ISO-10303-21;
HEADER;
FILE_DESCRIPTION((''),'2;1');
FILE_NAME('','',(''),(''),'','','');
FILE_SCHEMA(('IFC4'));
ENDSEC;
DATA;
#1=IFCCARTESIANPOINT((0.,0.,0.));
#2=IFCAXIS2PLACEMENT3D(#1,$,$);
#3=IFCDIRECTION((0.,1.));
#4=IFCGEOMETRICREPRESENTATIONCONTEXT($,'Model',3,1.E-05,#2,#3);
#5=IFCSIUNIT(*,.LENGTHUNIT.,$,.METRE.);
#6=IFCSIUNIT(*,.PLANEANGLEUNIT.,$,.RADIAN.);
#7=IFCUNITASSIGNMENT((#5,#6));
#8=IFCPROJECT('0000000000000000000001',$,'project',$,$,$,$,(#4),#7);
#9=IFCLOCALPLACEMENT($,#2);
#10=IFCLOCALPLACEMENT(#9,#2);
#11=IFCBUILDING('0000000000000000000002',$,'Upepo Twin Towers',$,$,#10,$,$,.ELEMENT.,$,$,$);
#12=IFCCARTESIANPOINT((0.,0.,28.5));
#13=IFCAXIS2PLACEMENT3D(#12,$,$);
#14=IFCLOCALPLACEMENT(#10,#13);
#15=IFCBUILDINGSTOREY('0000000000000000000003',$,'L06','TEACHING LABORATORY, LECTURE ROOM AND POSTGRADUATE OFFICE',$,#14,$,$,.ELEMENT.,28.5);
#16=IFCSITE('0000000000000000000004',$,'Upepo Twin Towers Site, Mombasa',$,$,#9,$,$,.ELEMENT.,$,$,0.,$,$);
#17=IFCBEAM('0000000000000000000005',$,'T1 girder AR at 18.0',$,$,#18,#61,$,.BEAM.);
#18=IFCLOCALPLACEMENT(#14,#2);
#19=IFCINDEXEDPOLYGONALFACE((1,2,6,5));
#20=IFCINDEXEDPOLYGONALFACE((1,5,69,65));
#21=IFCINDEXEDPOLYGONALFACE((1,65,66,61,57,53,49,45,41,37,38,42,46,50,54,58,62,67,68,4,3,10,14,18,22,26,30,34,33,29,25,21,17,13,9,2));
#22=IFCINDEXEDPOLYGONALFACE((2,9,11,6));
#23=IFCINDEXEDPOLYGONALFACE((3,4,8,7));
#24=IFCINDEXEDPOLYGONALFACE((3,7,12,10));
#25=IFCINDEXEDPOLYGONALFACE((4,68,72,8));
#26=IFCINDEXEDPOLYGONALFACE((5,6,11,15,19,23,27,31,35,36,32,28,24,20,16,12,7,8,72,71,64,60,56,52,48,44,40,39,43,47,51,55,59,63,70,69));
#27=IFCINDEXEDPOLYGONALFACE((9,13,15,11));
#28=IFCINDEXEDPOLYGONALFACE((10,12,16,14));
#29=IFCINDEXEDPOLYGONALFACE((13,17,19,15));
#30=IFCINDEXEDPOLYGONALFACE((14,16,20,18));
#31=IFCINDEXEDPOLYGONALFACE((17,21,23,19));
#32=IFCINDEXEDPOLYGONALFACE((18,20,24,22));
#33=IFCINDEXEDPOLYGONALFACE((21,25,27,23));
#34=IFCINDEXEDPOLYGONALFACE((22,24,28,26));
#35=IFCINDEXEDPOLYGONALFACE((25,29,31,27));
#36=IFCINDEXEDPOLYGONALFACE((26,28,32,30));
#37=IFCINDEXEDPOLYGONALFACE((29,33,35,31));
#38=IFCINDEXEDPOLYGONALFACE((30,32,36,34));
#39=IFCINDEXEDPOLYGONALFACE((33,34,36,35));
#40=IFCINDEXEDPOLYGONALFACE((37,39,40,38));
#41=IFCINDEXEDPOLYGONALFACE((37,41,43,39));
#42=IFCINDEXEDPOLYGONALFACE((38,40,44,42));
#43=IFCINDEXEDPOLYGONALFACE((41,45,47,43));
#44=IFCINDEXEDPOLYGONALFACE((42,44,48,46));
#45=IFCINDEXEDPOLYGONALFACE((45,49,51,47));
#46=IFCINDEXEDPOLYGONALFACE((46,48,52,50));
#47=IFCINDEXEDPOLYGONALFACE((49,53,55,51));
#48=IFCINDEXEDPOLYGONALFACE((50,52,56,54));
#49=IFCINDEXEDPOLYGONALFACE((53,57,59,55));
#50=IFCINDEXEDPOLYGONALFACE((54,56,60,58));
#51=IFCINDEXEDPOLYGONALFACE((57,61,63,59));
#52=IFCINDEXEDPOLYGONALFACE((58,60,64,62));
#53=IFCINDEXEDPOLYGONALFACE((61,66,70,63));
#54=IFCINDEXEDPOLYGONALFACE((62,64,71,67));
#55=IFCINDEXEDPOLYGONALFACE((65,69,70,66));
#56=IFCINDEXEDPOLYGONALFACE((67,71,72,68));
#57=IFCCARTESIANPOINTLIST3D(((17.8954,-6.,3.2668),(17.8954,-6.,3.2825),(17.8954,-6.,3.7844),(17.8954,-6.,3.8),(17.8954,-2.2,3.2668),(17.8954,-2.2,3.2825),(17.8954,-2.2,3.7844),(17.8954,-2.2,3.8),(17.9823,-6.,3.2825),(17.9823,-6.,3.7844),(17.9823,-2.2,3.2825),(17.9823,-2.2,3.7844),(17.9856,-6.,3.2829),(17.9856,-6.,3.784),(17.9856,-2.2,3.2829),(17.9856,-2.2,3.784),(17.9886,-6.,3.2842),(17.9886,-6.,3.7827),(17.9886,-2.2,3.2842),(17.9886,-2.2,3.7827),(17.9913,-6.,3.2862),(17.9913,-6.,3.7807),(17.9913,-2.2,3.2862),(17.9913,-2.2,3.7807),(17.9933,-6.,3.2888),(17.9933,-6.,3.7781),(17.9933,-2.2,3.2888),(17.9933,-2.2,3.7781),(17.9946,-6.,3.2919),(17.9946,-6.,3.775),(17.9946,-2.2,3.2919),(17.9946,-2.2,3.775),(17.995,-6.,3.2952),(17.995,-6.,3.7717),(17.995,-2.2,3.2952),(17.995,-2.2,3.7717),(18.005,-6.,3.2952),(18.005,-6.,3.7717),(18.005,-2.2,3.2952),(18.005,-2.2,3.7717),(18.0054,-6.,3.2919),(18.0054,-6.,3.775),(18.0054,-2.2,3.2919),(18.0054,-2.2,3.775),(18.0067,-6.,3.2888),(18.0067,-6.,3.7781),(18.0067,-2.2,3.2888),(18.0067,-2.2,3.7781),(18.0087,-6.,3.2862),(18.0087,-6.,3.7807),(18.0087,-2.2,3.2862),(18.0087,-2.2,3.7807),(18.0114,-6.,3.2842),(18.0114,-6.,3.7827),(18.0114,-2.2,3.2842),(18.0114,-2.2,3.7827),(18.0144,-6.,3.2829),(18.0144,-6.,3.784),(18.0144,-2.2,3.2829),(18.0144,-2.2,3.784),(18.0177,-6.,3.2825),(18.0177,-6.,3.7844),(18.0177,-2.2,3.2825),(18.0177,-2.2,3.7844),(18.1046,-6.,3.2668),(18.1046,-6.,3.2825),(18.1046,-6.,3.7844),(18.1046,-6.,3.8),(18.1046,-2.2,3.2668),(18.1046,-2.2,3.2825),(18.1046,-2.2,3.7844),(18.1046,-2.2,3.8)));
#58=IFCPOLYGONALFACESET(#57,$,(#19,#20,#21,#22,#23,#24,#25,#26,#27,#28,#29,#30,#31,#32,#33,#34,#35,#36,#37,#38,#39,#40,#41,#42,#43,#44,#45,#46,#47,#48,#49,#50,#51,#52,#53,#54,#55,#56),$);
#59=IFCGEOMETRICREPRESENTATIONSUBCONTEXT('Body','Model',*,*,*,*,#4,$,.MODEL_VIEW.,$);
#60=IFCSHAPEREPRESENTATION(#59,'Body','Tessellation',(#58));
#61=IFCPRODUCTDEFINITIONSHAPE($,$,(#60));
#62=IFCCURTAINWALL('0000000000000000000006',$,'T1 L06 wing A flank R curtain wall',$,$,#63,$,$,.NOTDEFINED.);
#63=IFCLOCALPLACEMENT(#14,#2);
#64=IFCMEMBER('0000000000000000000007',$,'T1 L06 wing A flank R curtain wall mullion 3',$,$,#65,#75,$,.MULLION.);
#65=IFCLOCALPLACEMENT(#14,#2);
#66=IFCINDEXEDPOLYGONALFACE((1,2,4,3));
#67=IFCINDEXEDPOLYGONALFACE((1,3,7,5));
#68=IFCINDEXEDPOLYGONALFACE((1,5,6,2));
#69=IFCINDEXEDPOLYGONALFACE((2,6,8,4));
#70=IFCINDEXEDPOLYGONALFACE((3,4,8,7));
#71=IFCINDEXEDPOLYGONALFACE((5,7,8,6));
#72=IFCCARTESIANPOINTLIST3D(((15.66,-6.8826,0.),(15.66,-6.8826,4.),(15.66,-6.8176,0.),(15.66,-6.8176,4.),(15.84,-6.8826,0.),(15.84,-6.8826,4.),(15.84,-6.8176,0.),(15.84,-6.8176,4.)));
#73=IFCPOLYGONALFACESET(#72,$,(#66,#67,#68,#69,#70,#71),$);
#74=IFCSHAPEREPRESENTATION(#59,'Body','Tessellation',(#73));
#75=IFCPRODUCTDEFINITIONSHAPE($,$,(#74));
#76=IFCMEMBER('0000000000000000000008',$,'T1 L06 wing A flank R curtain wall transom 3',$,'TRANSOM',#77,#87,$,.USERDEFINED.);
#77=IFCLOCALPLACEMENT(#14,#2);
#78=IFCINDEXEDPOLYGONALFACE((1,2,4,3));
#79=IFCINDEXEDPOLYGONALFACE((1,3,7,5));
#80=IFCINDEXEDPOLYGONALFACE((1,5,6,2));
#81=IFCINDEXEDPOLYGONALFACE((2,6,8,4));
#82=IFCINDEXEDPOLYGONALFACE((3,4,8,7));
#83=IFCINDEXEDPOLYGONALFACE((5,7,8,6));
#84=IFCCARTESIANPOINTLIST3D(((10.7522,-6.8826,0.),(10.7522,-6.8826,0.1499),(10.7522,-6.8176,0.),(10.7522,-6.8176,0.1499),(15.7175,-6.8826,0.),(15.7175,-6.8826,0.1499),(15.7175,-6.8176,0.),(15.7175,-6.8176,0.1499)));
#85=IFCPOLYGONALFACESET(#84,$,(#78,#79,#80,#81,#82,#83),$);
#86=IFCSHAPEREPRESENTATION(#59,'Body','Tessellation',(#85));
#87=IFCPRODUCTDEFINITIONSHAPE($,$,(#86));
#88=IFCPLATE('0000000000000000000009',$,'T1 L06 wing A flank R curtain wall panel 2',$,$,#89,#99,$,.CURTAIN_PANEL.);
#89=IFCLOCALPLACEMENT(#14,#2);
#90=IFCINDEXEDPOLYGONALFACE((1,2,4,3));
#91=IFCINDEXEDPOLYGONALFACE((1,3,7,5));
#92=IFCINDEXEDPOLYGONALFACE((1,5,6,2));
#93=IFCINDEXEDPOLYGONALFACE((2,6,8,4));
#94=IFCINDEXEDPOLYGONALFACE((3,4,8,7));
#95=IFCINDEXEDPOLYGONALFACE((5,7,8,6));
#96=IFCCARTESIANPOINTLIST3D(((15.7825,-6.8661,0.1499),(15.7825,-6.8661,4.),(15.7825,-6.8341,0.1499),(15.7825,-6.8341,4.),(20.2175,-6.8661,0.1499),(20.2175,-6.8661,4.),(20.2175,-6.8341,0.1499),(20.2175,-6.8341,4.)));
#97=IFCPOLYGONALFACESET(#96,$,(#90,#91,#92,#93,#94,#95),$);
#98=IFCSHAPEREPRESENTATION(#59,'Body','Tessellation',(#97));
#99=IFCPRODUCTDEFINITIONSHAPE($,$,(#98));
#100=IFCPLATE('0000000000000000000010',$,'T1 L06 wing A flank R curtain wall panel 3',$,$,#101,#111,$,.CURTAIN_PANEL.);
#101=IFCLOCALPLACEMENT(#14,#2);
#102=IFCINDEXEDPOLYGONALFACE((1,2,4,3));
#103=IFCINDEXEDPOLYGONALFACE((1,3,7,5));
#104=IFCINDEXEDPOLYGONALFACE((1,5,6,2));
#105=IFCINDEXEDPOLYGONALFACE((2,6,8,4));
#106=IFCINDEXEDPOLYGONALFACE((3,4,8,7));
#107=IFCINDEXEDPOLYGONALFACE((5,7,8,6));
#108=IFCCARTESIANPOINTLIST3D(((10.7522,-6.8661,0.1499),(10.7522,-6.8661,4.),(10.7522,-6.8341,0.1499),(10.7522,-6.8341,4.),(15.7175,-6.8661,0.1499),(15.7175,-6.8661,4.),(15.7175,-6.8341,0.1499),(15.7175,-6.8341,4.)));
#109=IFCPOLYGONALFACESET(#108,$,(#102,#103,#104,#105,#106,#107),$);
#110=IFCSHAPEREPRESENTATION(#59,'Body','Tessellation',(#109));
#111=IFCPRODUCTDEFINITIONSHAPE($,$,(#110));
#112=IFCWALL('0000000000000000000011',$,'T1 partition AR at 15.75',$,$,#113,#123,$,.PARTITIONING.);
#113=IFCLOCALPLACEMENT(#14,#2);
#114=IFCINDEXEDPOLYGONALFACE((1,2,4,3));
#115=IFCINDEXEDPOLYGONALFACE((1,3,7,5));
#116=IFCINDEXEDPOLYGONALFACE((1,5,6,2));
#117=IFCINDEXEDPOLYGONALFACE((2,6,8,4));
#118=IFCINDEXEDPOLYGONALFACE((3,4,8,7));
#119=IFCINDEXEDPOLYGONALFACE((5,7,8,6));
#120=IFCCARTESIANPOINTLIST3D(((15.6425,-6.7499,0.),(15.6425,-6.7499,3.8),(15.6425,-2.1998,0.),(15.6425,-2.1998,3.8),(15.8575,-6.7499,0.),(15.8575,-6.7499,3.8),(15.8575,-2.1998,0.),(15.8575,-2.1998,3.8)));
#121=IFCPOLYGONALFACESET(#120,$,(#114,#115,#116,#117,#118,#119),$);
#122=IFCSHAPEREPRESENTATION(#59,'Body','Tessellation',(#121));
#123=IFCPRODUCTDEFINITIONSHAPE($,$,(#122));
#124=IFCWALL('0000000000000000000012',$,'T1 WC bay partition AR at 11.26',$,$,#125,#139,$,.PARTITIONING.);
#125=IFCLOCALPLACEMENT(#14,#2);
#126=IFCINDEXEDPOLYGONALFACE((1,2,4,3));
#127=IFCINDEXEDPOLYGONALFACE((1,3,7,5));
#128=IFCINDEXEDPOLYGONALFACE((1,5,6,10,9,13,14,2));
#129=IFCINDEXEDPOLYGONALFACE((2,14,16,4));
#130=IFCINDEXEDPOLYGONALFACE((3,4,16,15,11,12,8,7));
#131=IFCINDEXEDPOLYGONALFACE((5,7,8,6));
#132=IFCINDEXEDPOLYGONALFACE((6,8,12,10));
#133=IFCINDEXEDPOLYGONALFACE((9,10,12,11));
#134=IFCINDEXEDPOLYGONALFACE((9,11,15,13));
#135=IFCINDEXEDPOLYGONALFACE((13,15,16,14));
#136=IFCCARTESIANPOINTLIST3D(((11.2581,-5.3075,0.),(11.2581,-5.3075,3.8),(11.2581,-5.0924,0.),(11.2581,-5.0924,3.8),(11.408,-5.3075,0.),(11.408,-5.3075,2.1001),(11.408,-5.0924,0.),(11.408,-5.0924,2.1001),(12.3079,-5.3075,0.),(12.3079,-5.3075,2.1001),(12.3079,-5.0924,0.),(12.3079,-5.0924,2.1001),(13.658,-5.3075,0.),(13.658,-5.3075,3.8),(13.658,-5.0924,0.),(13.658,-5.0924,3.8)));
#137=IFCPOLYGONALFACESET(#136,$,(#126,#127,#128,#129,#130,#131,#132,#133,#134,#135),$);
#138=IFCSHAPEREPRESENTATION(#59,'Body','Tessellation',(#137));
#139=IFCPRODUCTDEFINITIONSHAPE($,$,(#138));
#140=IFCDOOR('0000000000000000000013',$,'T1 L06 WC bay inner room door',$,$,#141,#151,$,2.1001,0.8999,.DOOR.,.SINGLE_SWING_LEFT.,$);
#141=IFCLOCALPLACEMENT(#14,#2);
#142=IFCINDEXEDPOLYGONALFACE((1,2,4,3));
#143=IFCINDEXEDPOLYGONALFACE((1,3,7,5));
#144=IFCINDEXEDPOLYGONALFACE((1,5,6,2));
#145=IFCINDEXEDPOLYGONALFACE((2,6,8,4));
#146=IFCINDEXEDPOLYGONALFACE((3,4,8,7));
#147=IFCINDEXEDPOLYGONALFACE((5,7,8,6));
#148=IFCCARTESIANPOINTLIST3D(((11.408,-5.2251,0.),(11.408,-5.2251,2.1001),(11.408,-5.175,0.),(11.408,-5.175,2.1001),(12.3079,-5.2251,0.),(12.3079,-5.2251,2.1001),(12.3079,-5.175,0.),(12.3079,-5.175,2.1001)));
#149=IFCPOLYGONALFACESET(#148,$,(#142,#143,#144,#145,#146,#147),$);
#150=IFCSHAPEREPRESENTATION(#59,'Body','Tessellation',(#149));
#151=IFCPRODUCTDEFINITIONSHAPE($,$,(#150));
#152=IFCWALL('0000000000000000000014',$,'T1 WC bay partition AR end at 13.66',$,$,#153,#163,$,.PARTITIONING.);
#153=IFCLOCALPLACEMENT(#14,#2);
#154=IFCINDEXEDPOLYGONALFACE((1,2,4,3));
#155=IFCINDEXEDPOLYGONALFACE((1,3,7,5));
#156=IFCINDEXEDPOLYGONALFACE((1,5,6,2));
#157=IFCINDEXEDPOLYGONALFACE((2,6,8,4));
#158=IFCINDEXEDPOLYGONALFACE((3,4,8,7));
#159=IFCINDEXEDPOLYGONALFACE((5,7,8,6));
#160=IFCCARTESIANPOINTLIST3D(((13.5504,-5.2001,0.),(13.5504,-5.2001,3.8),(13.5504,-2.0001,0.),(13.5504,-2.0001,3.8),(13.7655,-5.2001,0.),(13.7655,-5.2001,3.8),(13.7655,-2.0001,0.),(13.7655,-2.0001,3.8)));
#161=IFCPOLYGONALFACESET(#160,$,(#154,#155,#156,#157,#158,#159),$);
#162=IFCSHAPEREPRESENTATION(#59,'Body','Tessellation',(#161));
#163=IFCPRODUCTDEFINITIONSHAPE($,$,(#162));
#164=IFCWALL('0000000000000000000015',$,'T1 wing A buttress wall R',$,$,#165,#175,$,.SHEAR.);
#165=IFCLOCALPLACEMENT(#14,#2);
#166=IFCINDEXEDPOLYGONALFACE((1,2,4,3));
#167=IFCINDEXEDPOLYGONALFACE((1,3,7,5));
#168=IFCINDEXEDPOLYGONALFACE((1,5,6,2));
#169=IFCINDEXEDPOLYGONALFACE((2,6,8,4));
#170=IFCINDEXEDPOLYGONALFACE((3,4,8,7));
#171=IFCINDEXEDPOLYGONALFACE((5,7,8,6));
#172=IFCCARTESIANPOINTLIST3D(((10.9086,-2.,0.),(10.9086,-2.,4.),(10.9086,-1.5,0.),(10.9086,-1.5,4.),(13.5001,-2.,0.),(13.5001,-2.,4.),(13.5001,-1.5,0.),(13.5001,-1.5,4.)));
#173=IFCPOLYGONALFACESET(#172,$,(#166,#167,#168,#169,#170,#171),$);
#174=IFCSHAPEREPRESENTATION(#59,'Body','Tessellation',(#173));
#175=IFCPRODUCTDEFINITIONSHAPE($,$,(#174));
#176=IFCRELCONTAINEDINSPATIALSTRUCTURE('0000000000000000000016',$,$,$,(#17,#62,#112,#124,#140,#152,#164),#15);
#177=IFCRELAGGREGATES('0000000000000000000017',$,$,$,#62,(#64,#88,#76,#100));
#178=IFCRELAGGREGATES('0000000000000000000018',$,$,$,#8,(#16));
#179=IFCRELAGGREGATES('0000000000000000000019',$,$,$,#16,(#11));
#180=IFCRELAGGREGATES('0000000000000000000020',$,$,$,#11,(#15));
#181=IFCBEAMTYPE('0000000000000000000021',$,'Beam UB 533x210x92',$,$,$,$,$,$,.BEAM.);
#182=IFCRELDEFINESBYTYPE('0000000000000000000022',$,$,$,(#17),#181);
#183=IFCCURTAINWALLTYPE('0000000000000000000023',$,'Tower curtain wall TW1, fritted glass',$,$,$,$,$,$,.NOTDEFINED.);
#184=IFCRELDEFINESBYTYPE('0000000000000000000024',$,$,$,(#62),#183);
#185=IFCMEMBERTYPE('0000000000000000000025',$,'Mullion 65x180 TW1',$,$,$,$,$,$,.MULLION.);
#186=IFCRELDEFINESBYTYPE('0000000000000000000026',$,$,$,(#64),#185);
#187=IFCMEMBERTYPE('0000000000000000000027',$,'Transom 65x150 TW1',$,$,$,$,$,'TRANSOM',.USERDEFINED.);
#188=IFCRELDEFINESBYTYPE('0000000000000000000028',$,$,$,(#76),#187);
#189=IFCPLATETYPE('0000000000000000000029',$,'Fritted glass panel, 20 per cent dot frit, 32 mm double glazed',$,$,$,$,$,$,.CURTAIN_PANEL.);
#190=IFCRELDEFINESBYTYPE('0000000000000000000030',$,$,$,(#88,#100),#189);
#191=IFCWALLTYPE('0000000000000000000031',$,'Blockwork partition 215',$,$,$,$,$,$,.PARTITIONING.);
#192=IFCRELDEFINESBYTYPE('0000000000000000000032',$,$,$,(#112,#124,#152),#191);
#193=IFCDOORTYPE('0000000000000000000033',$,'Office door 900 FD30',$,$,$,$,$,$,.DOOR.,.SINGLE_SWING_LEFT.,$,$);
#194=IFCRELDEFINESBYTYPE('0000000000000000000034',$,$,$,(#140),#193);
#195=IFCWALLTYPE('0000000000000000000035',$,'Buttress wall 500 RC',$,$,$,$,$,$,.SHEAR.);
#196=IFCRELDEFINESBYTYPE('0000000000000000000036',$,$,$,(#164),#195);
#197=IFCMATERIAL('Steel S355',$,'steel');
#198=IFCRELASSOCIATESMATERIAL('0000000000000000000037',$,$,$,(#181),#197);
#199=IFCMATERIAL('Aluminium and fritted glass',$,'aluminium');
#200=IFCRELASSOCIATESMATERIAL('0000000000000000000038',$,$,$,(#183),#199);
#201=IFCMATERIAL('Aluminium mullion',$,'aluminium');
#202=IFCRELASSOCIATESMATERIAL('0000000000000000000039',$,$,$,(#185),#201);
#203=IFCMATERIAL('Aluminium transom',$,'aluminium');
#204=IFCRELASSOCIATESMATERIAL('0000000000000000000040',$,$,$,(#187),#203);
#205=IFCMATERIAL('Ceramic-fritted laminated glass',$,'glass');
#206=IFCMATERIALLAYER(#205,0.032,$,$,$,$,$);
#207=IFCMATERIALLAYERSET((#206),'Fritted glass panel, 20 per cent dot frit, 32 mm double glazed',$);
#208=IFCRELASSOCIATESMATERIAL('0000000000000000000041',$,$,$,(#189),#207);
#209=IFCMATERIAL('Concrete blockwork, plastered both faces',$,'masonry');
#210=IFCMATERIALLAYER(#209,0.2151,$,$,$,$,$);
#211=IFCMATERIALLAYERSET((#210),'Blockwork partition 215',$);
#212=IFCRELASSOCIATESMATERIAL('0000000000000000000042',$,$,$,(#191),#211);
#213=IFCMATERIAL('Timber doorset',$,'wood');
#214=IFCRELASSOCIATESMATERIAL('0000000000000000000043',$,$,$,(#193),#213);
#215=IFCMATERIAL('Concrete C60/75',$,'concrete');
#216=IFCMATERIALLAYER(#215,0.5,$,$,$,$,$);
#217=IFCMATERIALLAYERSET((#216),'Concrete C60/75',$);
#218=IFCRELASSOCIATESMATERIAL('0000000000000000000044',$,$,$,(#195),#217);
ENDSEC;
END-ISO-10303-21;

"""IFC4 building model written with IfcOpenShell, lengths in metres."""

from ifc_helpers import new_model, si_unit, direction, frame, frame_2d, origin, origin_2d, place, context, subcontext, project, spatial, rectangle, i_section, extrude, material, layer, layer_set, material_profile, profile_set, type_object, element, fill, aggregate, save


model = new_model("IFC4")

# Units and contexts
model_context = context("Model", 3, precision=1e-05, world=origin(), true_north=direction((0.0, 1.0)))
body_context = subcontext(model_context, "Body", "Model", "MODEL_VIEW")
ifc_project = project(units=[si_unit("LENGTHUNIT", "METRE"), si_unit("PLANEANGLEUNIT", "RADIAN")], contexts=[model_context])

# Site, building, storey
site_placement = place(None, origin())
site = spatial("IfcSite", under=ifc_project, at=site_placement, Name="Upepo Twin Towers Site, Mombasa", CompositionType="ELEMENT", RefElevation=0.0)
building_placement = place(site_placement, origin())
building = spatial("IfcBuilding", under=site, at=building_placement, Name="Upepo Twin Towers", CompositionType="ELEMENT")
storey_placement = place(building_placement, frame((0.0, 0.0, 28.5)))
storey = spatial("IfcBuildingStorey", under=building, at=storey_placement, Name="L06", Description="TEACHING LABORATORY, LECTURE ROOM AND POSTGRADUATE OFFICE", CompositionType="ELEMENT", Elevation=28.5)

# Beam
ifc_material_1 = material(Name="Steel S355", Category="steel")
ifc_material_profile_1 = material_profile(ifc_material_1, i_section(OverallWidth=0.2092, OverallDepth=0.5332, WebThickness=0.01, FlangeThickness=0.0156, FilletRadius=0.0127, at=origin_2d()), Name="UB 533x210x92")
ifc_profile_set_1 = profile_set([ifc_material_profile_1], Name="Steel S355")
beam_type_1 = type_object("IfcBeamType", Name="Beam UB 533x210x92", PredefinedType="BEAM", material=ifc_profile_set_1)
for number, where, z_axis, x_axis, name in (
    (1, (18.0, -6.0, 3.5334), (0.0, 1.0, 0.0), (-1.0, 0.0, 0.0), "T1 girder AR at 18.0"),
):
    element("IfcBeam", number, at=place(storey_placement, frame(where, z_axis=z_axis, x_axis=x_axis)), inside=storey, type_object=beam_type_1, Name=name, PredefinedType="BEAM", context=body_context, shape_type="SweptSolid", body=[
        extrude(i_section(OverallWidth=0.2092, OverallDepth=0.5332, WebThickness=0.01, FlangeThickness=0.0156, FilletRadius=0.0127, at=origin_2d()), origin(), (0.0, 0.0, 1.0), 3.8),
    ])

# Curtain wall, members, plates
ifc_material_2 = material(Name="Aluminium and fritted glass", Category="aluminium")
curtain_wall_type = type_object("IfcCurtainWallType", Name="Tower curtain wall TW1, fritted glass", PredefinedType="NOTDEFINED", material=ifc_material_2)
curtain_wall_placement = place(storey_placement, origin())
curtain_wall = element("IfcCurtainWall", 2, at=curtain_wall_placement, inside=storey, type_object=curtain_wall_type, Name="T1 L06 wing A flank R curtain wall", PredefinedType="NOTDEFINED")
ifc_material_3 = material(Name="Aluminium mullion", Category="aluminium")
ifc_material_profile_2 = material_profile(ifc_material_3, rectangle(XDim=0.0649, YDim=0.1799, at=origin_2d()), Name="MULLION 65x180")
ifc_profile_set_2 = profile_set([ifc_material_profile_2], Name="Aluminium mullion")
member_type_1 = type_object("IfcMemberType", Name="Mullion 65x180 TW1", PredefinedType="MULLION", material=ifc_profile_set_2)
member_1_placement = place(storey_placement, frame((15.75, -6.8501, 0.0), z_axis=(0.0, 0.0, 1.0), x_axis=(0.0, -1.0, 0.0)))
member_1 = element("IfcMember", 3, at=member_1_placement, type_object=member_type_1, Name="T1 L06 wing A flank R curtain wall mullion 3", PredefinedType="MULLION", context=body_context, shape_type="SweptSolid", body=[
    extrude(rectangle(XDim=0.0649, YDim=0.1799, at=origin_2d()), origin(), (0.0, 0.0, 1.0), 4.0),
])
ifc_material_4 = material(Name="Aluminium transom", Category="aluminium")
ifc_material_profile_3 = material_profile(ifc_material_4, rectangle(XDim=0.0649, YDim=0.1499, at=origin_2d()), Name="TRANSOM 65x150")
ifc_profile_set_3 = profile_set([ifc_material_profile_3], Name="Aluminium transom")
member_type_2 = type_object("IfcMemberType", Name="Transom 65x150 TW1", ElementType="TRANSOM", PredefinedType="USERDEFINED", material=ifc_profile_set_3)
member_2_placement = place(storey_placement, frame((15.7175, -6.8501, 0.075), z_axis=(-1.0, 0.0, 0.0), x_axis=(0.0, -1.0, 0.0)))
member_2 = element("IfcMember", 4, at=member_2_placement, type_object=member_type_2, Name="T1 L06 wing A flank R curtain wall transom 3", ObjectType="TRANSOM", PredefinedType="USERDEFINED", context=body_context, shape_type="SweptSolid", body=[
    extrude(rectangle(XDim=0.0649, YDim=0.1499, at=origin_2d()), origin(), (0.0, 0.0, 1.0), 4.9653),
])
ifc_material_5 = material(Name="Ceramic-fritted laminated glass", Category="glass")
ifc_layer_1 = layer(ifc_material_5, 0.032)
ifc_layer_set_1 = layer_set([ifc_layer_1], Name="Fritted glass panel, 20 per cent dot frit, 32 mm double glazed")
plate_type = type_object("IfcPlateType", Name="Fritted glass panel, 20 per cent dot frit, 32 mm double glazed", PredefinedType="CURTAIN_PANEL", material=ifc_layer_set_1)
plate_1_placement = place(storey_placement, frame((18.0, -6.8501, 0.1499), z_axis=(0.0, 0.0, 1.0), x_axis=(-1.0, 0.0, 0.0)))
plate_1 = element("IfcPlate", 5, at=plate_1_placement, type_object=plate_type, Name="T1 L06 wing A flank R curtain wall panel 2", PredefinedType="CURTAIN_PANEL", context=body_context, shape_type="SweptSolid", body=[
    extrude(rectangle(XDim=4.4351, YDim=0.032, at=origin_2d()), origin(), (0.0, 0.0, 1.0), 3.8501),
])
plate_2_placement = place(storey_placement, frame((13.2349, -6.8501, 0.1499), z_axis=(0.0, 0.0, 1.0), x_axis=(-1.0, 0.0, 0.0)))
plate_2 = element("IfcPlate", 6, at=plate_2_placement, type_object=plate_type, Name="T1 L06 wing A flank R curtain wall panel 3", PredefinedType="CURTAIN_PANEL", context=body_context, shape_type="SweptSolid", body=[
    extrude(rectangle(XDim=4.9653, YDim=0.032, at=origin_2d()), origin(), (0.0, 0.0, 1.0), 3.8501),
])
aggregate(curtain_wall, [member_1, plate_1, member_2, plate_2])

# Wall
ifc_material_6 = material(Name="Concrete blockwork, plastered both faces", Category="masonry")
ifc_layer_2 = layer(ifc_material_6, 0.2151)
ifc_layer_set_2 = layer_set([ifc_layer_2], Name="Blockwork partition 215")
wall_type_1 = type_object("IfcWallType", Name="Blockwork partition 215", PredefinedType="PARTITIONING", material=ifc_layer_set_2)
wall_1_placement = place(storey_placement, frame((15.75, -2.2, 0.0), z_axis=(0.0, 0.0, 1.0), x_axis=(0.0, -1.0, 0.0)))
element("IfcWall", 7, at=wall_1_placement, inside=storey, type_object=wall_type_1, Name="T1 partition AR at 15.75", PredefinedType="PARTITIONING", context=body_context, shape_type="SweptSolid", body=[
    extrude(rectangle(XDim=4.55, YDim=0.2151, at=frame_2d((2.2749, 0.0))), origin(), (0.0, 0.0, 1.0), 3.8),
])

# Wall, opening, door
wall_2_placement = place(storey_placement, frame((11.2581, -5.2, 0.0), z_axis=(0.0, 0.0, 1.0), x_axis=(1.0, 0.0, 0.0)))
wall_2 = element("IfcWall", 8, at=wall_2_placement, inside=storey, type_object=wall_type_1, Name="T1 WC bay partition AR at 11.26", PredefinedType="PARTITIONING", context=body_context, shape_type="SweptSolid", body=[
    extrude(rectangle(XDim=2.3999, YDim=0.2151, at=frame_2d((1.2, 0.0))), origin(), (0.0, 0.0, 1.0), 3.8),
])
opening_1_placement = place(wall_2_placement, frame((0.1499, 0.0, 0.0)))
opening_1 = element("IfcOpeningElement", 9, at=opening_1_placement, cuts=wall_2, PredefinedType="OPENING", context=body_context, shape_type="SweptSolid", body=[
    extrude(rectangle(XDim=0.8999, YDim=2.1001, at=frame_2d((0.45, 1.05))), frame((0.0, 0.1174, 0.0), z_axis=(0.0, -1.0, 0.0), x_axis=(1.0, 0.0, 0.0)), (0.0, 0.0, 1.0), 0.2351),
])
ifc_material_7 = material(Name="Timber doorset", Category="wood")
door_type_1 = type_object("IfcDoorType", Name="Office door 900 FD30", OperationType="SINGLE_SWING_LEFT", PredefinedType="DOOR", material=ifc_material_7)
door_1_placement = place(opening_1_placement, origin())
door_1 = element("IfcDoor", 10, at=door_1_placement, inside=storey, type_object=door_type_1, Name="T1 L06 WC bay inner room door", OperationType="SINGLE_SWING_LEFT", OverallHeight=2.1001, OverallWidth=0.8999, PredefinedType="DOOR", context=body_context, shape_type="SweptSolid", body=[
    extrude(rectangle(XDim=0.8999, YDim=2.1001, at=frame_2d((0.45, 1.05))), frame((0.0, 0.0249, 0.0), z_axis=(0.0, -1.0, 0.0), x_axis=(1.0, 0.0, 0.0)), (0.0, 0.0, 1.0), 0.05),
])
fill(opening_1, door_1)

# Walls
wall_3_placement = place(storey_placement, frame((13.658, -2.0, 0.0), z_axis=(0.0, 0.0, 1.0), x_axis=(0.0, -1.0, 0.0)))
element("IfcWall", 11, at=wall_3_placement, inside=storey, type_object=wall_type_1, Name="T1 WC bay partition AR end at 13.66", PredefinedType="PARTITIONING", context=body_context, shape_type="SweptSolid", body=[
    extrude(rectangle(XDim=3.2, YDim=0.2151, at=frame_2d((1.6001, 0.0))), origin(), (0.0, 0.0, 1.0), 3.8),
])
ifc_material_8 = material(Name="Concrete C60/75", Category="concrete")
ifc_layer_3 = layer(ifc_material_8, 0.5)
ifc_layer_set_3 = layer_set([ifc_layer_3], Name="Concrete C60/75")
wall_type_2 = type_object("IfcWallType", Name="Buttress wall 500 RC", PredefinedType="SHEAR", material=ifc_layer_set_3)
wall_4_placement = place(storey_placement, frame((10.9084, -1.75, 0.0), z_axis=(0.0, 0.0, 1.0), x_axis=(1.0, 0.0, 0.0)))
element("IfcWall", 12, at=wall_4_placement, inside=storey, type_object=wall_type_2, Name="T1 wing A buttress wall R", PredefinedType="SHEAR", context=body_context, shape_type="SweptSolid", body=[
    extrude(rectangle(XDim=2.5916, YDim=0.5, at=frame_2d((1.2959, 0.0))), origin(), (0.0, 0.0, 1.0), 4.0),
])

save(model, "model.ifc")
